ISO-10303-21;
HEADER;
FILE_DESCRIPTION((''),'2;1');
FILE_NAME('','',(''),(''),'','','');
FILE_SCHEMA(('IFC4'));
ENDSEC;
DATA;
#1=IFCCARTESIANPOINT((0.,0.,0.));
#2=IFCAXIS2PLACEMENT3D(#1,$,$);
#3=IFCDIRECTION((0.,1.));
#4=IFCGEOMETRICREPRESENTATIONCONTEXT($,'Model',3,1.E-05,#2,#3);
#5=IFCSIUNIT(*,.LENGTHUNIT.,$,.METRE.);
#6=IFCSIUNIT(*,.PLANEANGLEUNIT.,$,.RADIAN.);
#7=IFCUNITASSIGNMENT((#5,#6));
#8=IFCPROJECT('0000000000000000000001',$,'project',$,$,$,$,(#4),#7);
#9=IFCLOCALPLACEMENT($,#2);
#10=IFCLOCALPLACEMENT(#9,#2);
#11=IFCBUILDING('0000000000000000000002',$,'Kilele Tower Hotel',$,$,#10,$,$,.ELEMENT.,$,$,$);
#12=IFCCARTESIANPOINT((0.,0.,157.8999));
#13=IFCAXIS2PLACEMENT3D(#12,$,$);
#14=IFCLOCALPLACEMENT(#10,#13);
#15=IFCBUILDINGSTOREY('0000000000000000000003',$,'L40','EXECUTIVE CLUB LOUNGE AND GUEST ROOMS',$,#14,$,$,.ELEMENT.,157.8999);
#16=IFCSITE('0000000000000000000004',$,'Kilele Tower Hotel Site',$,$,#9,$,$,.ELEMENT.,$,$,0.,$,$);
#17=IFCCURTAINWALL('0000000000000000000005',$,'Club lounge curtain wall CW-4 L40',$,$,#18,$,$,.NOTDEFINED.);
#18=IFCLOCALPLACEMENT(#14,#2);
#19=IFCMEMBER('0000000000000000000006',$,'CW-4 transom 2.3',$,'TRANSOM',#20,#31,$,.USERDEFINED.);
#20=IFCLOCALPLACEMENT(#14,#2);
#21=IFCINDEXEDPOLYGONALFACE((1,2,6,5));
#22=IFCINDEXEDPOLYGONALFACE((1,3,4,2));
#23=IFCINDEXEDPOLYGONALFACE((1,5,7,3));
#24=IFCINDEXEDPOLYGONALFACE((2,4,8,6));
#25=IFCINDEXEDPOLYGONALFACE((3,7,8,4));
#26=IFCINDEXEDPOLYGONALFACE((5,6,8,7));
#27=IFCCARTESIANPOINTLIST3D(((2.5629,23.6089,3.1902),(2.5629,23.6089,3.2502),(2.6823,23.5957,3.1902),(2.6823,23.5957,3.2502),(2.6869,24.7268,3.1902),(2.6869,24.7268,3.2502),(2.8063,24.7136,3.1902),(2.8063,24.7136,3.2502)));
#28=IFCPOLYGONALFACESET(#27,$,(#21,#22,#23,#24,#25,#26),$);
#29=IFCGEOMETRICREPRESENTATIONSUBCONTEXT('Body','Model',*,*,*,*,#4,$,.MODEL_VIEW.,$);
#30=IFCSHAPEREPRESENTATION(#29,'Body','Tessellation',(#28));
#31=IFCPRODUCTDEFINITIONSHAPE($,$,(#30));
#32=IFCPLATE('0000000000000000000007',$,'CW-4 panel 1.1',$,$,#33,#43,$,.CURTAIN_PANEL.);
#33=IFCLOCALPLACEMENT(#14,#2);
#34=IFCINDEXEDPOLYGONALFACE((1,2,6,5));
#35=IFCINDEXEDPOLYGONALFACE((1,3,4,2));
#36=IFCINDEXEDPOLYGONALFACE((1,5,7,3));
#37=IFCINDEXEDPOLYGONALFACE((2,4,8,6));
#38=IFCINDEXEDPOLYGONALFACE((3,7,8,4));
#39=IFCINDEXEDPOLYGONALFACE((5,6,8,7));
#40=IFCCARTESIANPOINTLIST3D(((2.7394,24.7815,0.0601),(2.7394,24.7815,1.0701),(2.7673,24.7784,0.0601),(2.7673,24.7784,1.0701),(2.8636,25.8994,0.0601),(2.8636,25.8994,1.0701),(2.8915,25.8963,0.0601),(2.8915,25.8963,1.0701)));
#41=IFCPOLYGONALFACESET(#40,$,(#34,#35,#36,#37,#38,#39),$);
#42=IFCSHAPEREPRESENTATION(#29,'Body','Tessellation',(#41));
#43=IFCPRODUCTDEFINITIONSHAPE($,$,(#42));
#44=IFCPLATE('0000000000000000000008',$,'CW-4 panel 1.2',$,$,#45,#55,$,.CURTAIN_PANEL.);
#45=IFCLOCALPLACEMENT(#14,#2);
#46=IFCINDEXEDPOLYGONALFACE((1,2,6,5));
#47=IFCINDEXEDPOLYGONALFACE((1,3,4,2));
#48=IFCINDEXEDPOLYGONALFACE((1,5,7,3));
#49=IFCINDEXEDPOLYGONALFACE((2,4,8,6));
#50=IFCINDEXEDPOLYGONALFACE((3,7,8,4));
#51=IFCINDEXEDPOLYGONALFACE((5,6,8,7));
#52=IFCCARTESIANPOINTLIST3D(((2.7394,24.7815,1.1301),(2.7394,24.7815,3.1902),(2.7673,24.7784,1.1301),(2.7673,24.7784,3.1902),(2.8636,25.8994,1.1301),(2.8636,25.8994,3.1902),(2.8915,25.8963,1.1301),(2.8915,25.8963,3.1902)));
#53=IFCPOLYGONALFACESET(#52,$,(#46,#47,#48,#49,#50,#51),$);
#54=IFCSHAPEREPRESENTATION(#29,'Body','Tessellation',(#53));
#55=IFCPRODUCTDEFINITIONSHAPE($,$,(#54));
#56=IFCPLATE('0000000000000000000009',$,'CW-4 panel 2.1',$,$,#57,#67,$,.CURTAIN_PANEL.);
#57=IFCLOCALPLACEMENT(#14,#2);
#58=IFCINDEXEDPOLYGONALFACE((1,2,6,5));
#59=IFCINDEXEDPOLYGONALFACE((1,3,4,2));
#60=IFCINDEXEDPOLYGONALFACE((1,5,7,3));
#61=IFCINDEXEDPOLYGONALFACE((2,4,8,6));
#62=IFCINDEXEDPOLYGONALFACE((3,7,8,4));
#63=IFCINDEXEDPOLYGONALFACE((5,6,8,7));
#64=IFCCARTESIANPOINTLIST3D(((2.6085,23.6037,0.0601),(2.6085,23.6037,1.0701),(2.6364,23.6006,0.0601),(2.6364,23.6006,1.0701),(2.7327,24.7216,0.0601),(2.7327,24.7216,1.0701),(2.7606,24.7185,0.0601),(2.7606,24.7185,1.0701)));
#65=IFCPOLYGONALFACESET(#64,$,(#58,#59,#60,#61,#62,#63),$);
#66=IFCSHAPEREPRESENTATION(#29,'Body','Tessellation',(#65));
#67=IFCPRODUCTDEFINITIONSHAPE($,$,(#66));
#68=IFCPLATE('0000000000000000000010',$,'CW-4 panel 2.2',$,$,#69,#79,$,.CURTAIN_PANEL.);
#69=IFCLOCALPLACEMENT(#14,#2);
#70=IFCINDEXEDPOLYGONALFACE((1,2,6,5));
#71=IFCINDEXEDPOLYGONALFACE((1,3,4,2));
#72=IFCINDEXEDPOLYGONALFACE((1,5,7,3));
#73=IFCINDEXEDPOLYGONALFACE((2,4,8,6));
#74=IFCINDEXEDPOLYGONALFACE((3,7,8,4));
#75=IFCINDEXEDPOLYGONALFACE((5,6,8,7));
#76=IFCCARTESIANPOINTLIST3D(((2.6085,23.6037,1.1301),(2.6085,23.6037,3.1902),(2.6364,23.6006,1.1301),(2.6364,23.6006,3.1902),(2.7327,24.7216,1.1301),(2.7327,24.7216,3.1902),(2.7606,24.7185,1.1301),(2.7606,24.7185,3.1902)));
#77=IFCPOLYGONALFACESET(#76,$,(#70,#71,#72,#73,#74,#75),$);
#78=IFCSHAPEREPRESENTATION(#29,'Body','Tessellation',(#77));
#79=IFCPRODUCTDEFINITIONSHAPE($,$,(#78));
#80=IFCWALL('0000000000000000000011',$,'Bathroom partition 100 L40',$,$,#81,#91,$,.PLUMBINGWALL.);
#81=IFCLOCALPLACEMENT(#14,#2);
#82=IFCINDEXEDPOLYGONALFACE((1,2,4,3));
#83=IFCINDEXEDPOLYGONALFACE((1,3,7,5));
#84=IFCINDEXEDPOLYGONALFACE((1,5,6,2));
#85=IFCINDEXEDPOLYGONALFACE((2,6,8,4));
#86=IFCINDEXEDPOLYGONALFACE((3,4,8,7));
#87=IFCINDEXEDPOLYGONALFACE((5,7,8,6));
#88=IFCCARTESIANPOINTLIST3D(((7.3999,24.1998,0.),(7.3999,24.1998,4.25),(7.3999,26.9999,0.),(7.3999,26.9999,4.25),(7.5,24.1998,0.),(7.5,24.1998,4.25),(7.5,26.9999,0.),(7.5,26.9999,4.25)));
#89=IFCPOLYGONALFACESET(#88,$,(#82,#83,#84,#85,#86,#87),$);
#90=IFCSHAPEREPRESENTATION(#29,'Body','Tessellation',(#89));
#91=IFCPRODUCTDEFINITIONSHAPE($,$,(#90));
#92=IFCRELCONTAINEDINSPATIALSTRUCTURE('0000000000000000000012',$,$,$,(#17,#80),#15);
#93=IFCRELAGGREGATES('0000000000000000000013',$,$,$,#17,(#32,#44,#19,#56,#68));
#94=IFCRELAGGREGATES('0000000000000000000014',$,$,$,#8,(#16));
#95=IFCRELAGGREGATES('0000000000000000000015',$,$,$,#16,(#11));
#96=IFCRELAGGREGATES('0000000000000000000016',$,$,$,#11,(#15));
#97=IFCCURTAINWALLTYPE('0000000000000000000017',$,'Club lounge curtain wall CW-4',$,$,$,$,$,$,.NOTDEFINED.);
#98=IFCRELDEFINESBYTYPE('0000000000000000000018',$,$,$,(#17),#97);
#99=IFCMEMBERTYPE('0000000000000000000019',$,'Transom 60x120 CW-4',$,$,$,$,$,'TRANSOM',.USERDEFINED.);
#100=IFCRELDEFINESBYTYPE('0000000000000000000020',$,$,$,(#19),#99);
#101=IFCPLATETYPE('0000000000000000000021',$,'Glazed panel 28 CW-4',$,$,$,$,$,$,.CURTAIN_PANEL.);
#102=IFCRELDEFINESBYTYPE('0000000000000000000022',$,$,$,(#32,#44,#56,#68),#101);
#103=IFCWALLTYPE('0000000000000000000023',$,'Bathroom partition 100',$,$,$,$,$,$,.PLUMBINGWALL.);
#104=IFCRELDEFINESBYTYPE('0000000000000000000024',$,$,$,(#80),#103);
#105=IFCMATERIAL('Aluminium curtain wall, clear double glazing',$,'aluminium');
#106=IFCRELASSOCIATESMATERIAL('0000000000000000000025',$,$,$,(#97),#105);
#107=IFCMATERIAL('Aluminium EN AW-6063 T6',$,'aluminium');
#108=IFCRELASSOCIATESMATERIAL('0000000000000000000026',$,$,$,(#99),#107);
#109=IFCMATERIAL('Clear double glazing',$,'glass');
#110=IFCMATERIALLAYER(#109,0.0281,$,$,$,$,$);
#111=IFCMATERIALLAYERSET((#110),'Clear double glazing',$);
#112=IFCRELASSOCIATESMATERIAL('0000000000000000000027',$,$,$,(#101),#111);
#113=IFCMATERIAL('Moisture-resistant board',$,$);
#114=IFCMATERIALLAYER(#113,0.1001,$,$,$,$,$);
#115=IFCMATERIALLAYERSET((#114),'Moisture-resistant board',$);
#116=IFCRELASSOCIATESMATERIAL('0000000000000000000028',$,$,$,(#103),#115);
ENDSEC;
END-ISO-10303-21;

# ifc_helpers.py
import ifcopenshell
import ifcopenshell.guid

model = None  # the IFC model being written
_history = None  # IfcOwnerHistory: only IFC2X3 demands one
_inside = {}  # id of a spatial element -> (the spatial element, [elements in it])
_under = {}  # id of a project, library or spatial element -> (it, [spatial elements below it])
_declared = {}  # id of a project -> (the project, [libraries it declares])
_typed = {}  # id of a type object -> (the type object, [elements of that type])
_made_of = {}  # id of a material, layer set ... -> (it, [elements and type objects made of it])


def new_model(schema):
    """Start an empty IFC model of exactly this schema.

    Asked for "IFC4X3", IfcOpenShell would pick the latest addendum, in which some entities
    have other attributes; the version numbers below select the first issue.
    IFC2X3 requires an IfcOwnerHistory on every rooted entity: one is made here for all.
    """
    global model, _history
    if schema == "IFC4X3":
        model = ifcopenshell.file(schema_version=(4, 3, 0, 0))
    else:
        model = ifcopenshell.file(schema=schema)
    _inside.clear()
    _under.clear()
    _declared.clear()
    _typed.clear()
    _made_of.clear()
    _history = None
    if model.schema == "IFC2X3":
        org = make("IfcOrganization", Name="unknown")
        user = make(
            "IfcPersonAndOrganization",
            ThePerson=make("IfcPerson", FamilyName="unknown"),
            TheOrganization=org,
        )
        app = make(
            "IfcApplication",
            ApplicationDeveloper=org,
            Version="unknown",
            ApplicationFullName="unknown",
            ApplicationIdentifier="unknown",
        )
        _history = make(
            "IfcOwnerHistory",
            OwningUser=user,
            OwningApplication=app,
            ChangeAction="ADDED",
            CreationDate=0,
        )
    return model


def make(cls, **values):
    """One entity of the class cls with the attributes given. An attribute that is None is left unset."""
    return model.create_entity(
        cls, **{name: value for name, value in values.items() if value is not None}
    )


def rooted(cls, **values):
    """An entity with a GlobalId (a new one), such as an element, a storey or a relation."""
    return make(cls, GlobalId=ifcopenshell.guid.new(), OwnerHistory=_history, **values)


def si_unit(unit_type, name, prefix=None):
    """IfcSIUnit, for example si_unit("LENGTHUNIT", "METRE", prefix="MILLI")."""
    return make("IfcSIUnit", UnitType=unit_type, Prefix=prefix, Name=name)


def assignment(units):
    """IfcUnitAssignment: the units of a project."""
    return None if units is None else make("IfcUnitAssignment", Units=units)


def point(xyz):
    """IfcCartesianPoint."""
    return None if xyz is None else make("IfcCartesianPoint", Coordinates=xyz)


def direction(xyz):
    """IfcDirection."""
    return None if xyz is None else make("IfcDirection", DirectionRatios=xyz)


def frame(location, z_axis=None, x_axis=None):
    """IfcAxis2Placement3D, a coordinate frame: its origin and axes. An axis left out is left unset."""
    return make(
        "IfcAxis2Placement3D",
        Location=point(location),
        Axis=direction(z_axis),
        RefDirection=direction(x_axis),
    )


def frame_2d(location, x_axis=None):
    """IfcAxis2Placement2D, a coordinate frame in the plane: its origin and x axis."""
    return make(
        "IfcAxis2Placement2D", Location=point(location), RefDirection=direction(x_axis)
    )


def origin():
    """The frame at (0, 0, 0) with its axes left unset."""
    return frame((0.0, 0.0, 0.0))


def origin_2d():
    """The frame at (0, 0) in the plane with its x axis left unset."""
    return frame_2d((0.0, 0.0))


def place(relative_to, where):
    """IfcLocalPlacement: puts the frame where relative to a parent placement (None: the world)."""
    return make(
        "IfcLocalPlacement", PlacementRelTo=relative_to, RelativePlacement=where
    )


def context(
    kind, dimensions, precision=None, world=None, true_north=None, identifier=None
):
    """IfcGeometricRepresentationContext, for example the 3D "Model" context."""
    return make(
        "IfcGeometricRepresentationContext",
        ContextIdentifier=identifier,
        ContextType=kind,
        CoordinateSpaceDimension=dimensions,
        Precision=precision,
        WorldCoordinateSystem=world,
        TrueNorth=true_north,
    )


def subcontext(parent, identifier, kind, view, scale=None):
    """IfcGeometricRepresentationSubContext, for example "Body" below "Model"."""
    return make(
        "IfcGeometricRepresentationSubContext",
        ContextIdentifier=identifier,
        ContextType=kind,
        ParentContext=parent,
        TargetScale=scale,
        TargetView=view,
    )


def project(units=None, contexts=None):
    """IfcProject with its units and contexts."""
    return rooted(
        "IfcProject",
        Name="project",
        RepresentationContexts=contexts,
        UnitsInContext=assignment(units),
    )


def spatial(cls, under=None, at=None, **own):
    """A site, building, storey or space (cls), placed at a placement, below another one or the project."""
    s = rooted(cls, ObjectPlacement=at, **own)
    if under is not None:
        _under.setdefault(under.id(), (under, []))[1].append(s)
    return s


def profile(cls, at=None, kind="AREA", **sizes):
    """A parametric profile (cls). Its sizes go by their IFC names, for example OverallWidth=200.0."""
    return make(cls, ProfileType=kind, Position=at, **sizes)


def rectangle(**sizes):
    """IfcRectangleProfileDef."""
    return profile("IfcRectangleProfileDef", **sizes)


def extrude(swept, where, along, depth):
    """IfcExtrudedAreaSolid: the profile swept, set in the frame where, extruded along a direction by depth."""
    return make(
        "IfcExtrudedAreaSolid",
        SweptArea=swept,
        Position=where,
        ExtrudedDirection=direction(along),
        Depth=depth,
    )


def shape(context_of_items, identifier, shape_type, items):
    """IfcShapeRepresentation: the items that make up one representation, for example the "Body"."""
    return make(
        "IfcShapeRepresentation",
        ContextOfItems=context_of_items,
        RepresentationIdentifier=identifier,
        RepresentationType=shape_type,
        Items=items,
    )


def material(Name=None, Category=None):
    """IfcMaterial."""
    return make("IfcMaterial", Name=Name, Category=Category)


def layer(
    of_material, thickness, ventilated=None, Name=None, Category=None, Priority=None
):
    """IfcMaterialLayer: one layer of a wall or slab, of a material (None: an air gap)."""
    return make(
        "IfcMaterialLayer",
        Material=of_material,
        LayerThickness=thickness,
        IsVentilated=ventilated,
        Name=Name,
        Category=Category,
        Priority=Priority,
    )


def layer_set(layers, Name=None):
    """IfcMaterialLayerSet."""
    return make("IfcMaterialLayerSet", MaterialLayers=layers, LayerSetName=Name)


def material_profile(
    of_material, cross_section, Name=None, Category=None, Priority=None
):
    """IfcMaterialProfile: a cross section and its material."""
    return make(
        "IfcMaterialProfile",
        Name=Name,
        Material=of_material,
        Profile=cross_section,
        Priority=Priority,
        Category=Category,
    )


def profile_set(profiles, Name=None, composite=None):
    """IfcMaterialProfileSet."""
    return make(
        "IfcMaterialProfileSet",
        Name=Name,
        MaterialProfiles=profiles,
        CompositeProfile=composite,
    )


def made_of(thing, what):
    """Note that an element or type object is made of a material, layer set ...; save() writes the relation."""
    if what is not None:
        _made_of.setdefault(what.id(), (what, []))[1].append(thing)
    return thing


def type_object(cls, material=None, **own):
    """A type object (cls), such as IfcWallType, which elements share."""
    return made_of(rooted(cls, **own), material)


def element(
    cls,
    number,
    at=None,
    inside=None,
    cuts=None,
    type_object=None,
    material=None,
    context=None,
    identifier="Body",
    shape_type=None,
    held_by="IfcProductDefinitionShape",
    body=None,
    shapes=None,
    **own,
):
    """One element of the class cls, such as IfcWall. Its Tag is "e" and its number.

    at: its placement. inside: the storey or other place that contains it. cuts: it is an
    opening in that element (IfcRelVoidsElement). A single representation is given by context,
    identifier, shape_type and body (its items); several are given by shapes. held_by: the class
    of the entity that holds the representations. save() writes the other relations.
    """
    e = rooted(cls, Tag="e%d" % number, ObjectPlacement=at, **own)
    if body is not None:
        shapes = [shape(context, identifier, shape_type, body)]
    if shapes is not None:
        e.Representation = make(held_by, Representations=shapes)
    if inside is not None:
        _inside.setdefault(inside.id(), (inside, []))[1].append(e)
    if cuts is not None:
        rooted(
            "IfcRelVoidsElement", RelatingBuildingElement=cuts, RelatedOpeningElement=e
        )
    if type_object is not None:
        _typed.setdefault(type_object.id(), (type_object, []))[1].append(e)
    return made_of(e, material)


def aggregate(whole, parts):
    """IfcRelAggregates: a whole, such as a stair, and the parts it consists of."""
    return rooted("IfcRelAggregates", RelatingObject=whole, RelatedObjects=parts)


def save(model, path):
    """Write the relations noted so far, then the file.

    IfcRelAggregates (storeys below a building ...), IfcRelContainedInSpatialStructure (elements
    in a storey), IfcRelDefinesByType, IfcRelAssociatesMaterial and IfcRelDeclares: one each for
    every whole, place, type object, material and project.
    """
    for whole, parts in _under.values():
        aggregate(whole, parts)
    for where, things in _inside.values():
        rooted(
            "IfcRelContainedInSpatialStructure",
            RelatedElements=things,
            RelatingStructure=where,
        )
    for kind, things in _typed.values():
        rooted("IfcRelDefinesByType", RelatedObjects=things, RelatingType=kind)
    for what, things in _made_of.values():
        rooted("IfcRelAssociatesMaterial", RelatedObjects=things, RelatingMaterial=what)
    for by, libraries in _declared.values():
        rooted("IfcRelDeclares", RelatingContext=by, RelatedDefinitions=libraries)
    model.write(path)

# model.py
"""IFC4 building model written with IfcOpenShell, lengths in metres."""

from ifc_helpers import new_model, si_unit, direction, frame, frame_2d, origin, origin_2d, place, context, subcontext, project, spatial, rectangle, extrude, material, layer, layer_set, material_profile, profile_set, type_object, element, aggregate, save


model = new_model("IFC4")

# Units and contexts
model_context = context("Model", 3, precision=1e-05, world=origin(), true_north=direction((0.0, 1.0)))
body_context = subcontext(model_context, "Body", "Model", "MODEL_VIEW")
ifc_project = project(units=[si_unit("LENGTHUNIT", "METRE"), si_unit("PLANEANGLEUNIT", "RADIAN")], contexts=[model_context])

# Site, building, storey
site_placement = place(None, origin())
site = spatial("IfcSite", under=ifc_project, at=site_placement, Name="Kilele Tower Hotel Site", CompositionType="ELEMENT", RefElevation=0.0)
building_placement = place(site_placement, origin())
building = spatial("IfcBuilding", under=site, at=building_placement, Name="Kilele Tower Hotel", CompositionType="ELEMENT")
storey_placement = place(building_placement, frame((0.0, 0.0, 157.8999)))
storey = spatial("IfcBuildingStorey", under=building, at=storey_placement, Name="L40", Description="EXECUTIVE CLUB LOUNGE AND GUEST ROOMS", CompositionType="ELEMENT", Elevation=157.8999)

# Curtain wall
ifc_material_1 = material(Name="Aluminium curtain wall, clear double glazing", Category="aluminium")
curtain_wall_type = type_object("IfcCurtainWallType", Name="Club lounge curtain wall CW-4", PredefinedType="NOTDEFINED", material=ifc_material_1)
curtain_wall_placement = place(storey_placement, origin())
curtain_wall = element("IfcCurtainWall", 1, at=curtain_wall_placement, inside=storey, type_object=curtain_wall_type, Name="Club lounge curtain wall CW-4 L40", PredefinedType="NOTDEFINED")

# Member
ifc_material_2 = material(Name="Aluminium EN AW-6063 T6", Category="aluminium")
ifc_material_profile_1 = material_profile(ifc_material_2, rectangle(XDim=0.1201, YDim=0.0601, at=origin_2d()))
ifc_profile_set_1 = profile_set([ifc_material_profile_1], Name="Aluminium EN AW-6063 T6")
member_type_1 = type_object("IfcMemberType", Name="Transom 60x120 CW-4", ElementType="TRANSOM", PredefinedType="USERDEFINED", material=ifc_profile_set_1)
member_1_placement = place(storey_placement, frame((2.7466, 24.7202, 3.2202), z_axis=(-0.110265, -0.993902, 0.0), x_axis=(0.993902, -0.110265, 0.0)))
member_1 = element("IfcMember", 2, at=member_1_placement, type_object=member_type_1, Name="CW-4 transom 2.3", ObjectType="TRANSOM", PredefinedType="USERDEFINED", context=body_context, shape_type="SweptSolid", body=[
    extrude(rectangle(XDim=0.1201, YDim=0.0601, at=origin_2d()), origin(), (0.0, 0.0, 1.0), 1.1248),
])

# Plates
ifc_material_3 = material(Name="Clear double glazing", Category="glass")
ifc_layer_1 = layer(ifc_material_3, 0.0281)
ifc_layer_set_1 = layer_set([ifc_layer_1], Name="Clear double glazing")
plate_type = type_object("IfcPlateType", Name="Glazed panel 28 CW-4", PredefinedType="CURTAIN_PANEL", material=ifc_layer_set_1)
plate_1_placement = place(storey_placement, frame((2.8154, 25.3389, 0.0601), z_axis=(0.0, 0.0, 1.0), x_axis=(-0.110432, -0.993884, 0.0)))
plate_1 = element("IfcPlate", 3, at=plate_1_placement, type_object=plate_type, Name="CW-4 panel 1.1", PredefinedType="CURTAIN_PANEL", context=body_context, shape_type="SweptSolid", body=[
    extrude(rectangle(XDim=1.1248, YDim=0.0281, at=origin_2d()), origin(), (0.0, 0.0, 1.0), 1.01),
])
plate_2_placement = place(storey_placement, frame((2.8154, 25.3389, 1.1301), z_axis=(0.0, 0.0, 1.0), x_axis=(-0.110432, -0.993884, 0.0)))
plate_2 = element("IfcPlate", 4, at=plate_2_placement, type_object=plate_type, Name="CW-4 panel 1.2", PredefinedType="CURTAIN_PANEL", context=body_context, shape_type="SweptSolid", body=[
    extrude(rectangle(XDim=1.1248, YDim=0.0281, at=origin_2d()), origin(), (0.0, 0.0, 1.0), 2.0601),
])
plate_3_placement = place(storey_placement, frame((2.6846, 24.1611, 0.0601), z_axis=(0.0, 0.0, 1.0), x_axis=(-0.110432, -0.993884, 0.0)))
plate_3 = element("IfcPlate", 5, at=plate_3_placement, type_object=plate_type, Name="CW-4 panel 2.1", PredefinedType="CURTAIN_PANEL", context=body_context, shape_type="SweptSolid", body=[
    extrude(rectangle(XDim=1.1248, YDim=0.0281, at=origin_2d()), origin(), (0.0, 0.0, 1.0), 1.01),
])
plate_4_placement = place(storey_placement, frame((2.6846, 24.1611, 1.1301), z_axis=(0.0, 0.0, 1.0), x_axis=(-0.110432, -0.993884, 0.0)))
plate_4 = element("IfcPlate", 6, at=plate_4_placement, type_object=plate_type, Name="CW-4 panel 2.2", PredefinedType="CURTAIN_PANEL", context=body_context, shape_type="SweptSolid", body=[
    extrude(rectangle(XDim=1.1248, YDim=0.0281, at=origin_2d()), origin(), (0.0, 0.0, 1.0), 2.0601),
])
aggregate(curtain_wall, [plate_1, plate_2, member_1, plate_3, plate_4])

# Wall
ifc_material_4 = material(Name="Moisture-resistant board")
ifc_layer_2 = layer(ifc_material_4, 0.1001)
ifc_layer_set_2 = layer_set([ifc_layer_2], Name="Moisture-resistant board")
wall_type = type_object("IfcWallType", Name="Bathroom partition 100", PredefinedType="PLUMBINGWALL", material=ifc_layer_set_2)
wall_placement = place(storey_placement, frame((7.45, 24.2, 0.0), z_axis=(0.0, 0.0, 1.0), x_axis=(0.0, 1.0, 0.0)))
element("IfcWall", 7, at=wall_placement, inside=storey, type_object=wall_type, Name="Bathroom partition 100 L40", PredefinedType="PLUMBINGWALL", context=body_context, shape_type="SweptSolid", body=[
    extrude(rectangle(XDim=2.8, YDim=0.1001, at=frame_2d((1.3999, 0.0))), origin(), (0.0, 0.0, 1.0), 4.25),
])

save(model, "model.ifc")
